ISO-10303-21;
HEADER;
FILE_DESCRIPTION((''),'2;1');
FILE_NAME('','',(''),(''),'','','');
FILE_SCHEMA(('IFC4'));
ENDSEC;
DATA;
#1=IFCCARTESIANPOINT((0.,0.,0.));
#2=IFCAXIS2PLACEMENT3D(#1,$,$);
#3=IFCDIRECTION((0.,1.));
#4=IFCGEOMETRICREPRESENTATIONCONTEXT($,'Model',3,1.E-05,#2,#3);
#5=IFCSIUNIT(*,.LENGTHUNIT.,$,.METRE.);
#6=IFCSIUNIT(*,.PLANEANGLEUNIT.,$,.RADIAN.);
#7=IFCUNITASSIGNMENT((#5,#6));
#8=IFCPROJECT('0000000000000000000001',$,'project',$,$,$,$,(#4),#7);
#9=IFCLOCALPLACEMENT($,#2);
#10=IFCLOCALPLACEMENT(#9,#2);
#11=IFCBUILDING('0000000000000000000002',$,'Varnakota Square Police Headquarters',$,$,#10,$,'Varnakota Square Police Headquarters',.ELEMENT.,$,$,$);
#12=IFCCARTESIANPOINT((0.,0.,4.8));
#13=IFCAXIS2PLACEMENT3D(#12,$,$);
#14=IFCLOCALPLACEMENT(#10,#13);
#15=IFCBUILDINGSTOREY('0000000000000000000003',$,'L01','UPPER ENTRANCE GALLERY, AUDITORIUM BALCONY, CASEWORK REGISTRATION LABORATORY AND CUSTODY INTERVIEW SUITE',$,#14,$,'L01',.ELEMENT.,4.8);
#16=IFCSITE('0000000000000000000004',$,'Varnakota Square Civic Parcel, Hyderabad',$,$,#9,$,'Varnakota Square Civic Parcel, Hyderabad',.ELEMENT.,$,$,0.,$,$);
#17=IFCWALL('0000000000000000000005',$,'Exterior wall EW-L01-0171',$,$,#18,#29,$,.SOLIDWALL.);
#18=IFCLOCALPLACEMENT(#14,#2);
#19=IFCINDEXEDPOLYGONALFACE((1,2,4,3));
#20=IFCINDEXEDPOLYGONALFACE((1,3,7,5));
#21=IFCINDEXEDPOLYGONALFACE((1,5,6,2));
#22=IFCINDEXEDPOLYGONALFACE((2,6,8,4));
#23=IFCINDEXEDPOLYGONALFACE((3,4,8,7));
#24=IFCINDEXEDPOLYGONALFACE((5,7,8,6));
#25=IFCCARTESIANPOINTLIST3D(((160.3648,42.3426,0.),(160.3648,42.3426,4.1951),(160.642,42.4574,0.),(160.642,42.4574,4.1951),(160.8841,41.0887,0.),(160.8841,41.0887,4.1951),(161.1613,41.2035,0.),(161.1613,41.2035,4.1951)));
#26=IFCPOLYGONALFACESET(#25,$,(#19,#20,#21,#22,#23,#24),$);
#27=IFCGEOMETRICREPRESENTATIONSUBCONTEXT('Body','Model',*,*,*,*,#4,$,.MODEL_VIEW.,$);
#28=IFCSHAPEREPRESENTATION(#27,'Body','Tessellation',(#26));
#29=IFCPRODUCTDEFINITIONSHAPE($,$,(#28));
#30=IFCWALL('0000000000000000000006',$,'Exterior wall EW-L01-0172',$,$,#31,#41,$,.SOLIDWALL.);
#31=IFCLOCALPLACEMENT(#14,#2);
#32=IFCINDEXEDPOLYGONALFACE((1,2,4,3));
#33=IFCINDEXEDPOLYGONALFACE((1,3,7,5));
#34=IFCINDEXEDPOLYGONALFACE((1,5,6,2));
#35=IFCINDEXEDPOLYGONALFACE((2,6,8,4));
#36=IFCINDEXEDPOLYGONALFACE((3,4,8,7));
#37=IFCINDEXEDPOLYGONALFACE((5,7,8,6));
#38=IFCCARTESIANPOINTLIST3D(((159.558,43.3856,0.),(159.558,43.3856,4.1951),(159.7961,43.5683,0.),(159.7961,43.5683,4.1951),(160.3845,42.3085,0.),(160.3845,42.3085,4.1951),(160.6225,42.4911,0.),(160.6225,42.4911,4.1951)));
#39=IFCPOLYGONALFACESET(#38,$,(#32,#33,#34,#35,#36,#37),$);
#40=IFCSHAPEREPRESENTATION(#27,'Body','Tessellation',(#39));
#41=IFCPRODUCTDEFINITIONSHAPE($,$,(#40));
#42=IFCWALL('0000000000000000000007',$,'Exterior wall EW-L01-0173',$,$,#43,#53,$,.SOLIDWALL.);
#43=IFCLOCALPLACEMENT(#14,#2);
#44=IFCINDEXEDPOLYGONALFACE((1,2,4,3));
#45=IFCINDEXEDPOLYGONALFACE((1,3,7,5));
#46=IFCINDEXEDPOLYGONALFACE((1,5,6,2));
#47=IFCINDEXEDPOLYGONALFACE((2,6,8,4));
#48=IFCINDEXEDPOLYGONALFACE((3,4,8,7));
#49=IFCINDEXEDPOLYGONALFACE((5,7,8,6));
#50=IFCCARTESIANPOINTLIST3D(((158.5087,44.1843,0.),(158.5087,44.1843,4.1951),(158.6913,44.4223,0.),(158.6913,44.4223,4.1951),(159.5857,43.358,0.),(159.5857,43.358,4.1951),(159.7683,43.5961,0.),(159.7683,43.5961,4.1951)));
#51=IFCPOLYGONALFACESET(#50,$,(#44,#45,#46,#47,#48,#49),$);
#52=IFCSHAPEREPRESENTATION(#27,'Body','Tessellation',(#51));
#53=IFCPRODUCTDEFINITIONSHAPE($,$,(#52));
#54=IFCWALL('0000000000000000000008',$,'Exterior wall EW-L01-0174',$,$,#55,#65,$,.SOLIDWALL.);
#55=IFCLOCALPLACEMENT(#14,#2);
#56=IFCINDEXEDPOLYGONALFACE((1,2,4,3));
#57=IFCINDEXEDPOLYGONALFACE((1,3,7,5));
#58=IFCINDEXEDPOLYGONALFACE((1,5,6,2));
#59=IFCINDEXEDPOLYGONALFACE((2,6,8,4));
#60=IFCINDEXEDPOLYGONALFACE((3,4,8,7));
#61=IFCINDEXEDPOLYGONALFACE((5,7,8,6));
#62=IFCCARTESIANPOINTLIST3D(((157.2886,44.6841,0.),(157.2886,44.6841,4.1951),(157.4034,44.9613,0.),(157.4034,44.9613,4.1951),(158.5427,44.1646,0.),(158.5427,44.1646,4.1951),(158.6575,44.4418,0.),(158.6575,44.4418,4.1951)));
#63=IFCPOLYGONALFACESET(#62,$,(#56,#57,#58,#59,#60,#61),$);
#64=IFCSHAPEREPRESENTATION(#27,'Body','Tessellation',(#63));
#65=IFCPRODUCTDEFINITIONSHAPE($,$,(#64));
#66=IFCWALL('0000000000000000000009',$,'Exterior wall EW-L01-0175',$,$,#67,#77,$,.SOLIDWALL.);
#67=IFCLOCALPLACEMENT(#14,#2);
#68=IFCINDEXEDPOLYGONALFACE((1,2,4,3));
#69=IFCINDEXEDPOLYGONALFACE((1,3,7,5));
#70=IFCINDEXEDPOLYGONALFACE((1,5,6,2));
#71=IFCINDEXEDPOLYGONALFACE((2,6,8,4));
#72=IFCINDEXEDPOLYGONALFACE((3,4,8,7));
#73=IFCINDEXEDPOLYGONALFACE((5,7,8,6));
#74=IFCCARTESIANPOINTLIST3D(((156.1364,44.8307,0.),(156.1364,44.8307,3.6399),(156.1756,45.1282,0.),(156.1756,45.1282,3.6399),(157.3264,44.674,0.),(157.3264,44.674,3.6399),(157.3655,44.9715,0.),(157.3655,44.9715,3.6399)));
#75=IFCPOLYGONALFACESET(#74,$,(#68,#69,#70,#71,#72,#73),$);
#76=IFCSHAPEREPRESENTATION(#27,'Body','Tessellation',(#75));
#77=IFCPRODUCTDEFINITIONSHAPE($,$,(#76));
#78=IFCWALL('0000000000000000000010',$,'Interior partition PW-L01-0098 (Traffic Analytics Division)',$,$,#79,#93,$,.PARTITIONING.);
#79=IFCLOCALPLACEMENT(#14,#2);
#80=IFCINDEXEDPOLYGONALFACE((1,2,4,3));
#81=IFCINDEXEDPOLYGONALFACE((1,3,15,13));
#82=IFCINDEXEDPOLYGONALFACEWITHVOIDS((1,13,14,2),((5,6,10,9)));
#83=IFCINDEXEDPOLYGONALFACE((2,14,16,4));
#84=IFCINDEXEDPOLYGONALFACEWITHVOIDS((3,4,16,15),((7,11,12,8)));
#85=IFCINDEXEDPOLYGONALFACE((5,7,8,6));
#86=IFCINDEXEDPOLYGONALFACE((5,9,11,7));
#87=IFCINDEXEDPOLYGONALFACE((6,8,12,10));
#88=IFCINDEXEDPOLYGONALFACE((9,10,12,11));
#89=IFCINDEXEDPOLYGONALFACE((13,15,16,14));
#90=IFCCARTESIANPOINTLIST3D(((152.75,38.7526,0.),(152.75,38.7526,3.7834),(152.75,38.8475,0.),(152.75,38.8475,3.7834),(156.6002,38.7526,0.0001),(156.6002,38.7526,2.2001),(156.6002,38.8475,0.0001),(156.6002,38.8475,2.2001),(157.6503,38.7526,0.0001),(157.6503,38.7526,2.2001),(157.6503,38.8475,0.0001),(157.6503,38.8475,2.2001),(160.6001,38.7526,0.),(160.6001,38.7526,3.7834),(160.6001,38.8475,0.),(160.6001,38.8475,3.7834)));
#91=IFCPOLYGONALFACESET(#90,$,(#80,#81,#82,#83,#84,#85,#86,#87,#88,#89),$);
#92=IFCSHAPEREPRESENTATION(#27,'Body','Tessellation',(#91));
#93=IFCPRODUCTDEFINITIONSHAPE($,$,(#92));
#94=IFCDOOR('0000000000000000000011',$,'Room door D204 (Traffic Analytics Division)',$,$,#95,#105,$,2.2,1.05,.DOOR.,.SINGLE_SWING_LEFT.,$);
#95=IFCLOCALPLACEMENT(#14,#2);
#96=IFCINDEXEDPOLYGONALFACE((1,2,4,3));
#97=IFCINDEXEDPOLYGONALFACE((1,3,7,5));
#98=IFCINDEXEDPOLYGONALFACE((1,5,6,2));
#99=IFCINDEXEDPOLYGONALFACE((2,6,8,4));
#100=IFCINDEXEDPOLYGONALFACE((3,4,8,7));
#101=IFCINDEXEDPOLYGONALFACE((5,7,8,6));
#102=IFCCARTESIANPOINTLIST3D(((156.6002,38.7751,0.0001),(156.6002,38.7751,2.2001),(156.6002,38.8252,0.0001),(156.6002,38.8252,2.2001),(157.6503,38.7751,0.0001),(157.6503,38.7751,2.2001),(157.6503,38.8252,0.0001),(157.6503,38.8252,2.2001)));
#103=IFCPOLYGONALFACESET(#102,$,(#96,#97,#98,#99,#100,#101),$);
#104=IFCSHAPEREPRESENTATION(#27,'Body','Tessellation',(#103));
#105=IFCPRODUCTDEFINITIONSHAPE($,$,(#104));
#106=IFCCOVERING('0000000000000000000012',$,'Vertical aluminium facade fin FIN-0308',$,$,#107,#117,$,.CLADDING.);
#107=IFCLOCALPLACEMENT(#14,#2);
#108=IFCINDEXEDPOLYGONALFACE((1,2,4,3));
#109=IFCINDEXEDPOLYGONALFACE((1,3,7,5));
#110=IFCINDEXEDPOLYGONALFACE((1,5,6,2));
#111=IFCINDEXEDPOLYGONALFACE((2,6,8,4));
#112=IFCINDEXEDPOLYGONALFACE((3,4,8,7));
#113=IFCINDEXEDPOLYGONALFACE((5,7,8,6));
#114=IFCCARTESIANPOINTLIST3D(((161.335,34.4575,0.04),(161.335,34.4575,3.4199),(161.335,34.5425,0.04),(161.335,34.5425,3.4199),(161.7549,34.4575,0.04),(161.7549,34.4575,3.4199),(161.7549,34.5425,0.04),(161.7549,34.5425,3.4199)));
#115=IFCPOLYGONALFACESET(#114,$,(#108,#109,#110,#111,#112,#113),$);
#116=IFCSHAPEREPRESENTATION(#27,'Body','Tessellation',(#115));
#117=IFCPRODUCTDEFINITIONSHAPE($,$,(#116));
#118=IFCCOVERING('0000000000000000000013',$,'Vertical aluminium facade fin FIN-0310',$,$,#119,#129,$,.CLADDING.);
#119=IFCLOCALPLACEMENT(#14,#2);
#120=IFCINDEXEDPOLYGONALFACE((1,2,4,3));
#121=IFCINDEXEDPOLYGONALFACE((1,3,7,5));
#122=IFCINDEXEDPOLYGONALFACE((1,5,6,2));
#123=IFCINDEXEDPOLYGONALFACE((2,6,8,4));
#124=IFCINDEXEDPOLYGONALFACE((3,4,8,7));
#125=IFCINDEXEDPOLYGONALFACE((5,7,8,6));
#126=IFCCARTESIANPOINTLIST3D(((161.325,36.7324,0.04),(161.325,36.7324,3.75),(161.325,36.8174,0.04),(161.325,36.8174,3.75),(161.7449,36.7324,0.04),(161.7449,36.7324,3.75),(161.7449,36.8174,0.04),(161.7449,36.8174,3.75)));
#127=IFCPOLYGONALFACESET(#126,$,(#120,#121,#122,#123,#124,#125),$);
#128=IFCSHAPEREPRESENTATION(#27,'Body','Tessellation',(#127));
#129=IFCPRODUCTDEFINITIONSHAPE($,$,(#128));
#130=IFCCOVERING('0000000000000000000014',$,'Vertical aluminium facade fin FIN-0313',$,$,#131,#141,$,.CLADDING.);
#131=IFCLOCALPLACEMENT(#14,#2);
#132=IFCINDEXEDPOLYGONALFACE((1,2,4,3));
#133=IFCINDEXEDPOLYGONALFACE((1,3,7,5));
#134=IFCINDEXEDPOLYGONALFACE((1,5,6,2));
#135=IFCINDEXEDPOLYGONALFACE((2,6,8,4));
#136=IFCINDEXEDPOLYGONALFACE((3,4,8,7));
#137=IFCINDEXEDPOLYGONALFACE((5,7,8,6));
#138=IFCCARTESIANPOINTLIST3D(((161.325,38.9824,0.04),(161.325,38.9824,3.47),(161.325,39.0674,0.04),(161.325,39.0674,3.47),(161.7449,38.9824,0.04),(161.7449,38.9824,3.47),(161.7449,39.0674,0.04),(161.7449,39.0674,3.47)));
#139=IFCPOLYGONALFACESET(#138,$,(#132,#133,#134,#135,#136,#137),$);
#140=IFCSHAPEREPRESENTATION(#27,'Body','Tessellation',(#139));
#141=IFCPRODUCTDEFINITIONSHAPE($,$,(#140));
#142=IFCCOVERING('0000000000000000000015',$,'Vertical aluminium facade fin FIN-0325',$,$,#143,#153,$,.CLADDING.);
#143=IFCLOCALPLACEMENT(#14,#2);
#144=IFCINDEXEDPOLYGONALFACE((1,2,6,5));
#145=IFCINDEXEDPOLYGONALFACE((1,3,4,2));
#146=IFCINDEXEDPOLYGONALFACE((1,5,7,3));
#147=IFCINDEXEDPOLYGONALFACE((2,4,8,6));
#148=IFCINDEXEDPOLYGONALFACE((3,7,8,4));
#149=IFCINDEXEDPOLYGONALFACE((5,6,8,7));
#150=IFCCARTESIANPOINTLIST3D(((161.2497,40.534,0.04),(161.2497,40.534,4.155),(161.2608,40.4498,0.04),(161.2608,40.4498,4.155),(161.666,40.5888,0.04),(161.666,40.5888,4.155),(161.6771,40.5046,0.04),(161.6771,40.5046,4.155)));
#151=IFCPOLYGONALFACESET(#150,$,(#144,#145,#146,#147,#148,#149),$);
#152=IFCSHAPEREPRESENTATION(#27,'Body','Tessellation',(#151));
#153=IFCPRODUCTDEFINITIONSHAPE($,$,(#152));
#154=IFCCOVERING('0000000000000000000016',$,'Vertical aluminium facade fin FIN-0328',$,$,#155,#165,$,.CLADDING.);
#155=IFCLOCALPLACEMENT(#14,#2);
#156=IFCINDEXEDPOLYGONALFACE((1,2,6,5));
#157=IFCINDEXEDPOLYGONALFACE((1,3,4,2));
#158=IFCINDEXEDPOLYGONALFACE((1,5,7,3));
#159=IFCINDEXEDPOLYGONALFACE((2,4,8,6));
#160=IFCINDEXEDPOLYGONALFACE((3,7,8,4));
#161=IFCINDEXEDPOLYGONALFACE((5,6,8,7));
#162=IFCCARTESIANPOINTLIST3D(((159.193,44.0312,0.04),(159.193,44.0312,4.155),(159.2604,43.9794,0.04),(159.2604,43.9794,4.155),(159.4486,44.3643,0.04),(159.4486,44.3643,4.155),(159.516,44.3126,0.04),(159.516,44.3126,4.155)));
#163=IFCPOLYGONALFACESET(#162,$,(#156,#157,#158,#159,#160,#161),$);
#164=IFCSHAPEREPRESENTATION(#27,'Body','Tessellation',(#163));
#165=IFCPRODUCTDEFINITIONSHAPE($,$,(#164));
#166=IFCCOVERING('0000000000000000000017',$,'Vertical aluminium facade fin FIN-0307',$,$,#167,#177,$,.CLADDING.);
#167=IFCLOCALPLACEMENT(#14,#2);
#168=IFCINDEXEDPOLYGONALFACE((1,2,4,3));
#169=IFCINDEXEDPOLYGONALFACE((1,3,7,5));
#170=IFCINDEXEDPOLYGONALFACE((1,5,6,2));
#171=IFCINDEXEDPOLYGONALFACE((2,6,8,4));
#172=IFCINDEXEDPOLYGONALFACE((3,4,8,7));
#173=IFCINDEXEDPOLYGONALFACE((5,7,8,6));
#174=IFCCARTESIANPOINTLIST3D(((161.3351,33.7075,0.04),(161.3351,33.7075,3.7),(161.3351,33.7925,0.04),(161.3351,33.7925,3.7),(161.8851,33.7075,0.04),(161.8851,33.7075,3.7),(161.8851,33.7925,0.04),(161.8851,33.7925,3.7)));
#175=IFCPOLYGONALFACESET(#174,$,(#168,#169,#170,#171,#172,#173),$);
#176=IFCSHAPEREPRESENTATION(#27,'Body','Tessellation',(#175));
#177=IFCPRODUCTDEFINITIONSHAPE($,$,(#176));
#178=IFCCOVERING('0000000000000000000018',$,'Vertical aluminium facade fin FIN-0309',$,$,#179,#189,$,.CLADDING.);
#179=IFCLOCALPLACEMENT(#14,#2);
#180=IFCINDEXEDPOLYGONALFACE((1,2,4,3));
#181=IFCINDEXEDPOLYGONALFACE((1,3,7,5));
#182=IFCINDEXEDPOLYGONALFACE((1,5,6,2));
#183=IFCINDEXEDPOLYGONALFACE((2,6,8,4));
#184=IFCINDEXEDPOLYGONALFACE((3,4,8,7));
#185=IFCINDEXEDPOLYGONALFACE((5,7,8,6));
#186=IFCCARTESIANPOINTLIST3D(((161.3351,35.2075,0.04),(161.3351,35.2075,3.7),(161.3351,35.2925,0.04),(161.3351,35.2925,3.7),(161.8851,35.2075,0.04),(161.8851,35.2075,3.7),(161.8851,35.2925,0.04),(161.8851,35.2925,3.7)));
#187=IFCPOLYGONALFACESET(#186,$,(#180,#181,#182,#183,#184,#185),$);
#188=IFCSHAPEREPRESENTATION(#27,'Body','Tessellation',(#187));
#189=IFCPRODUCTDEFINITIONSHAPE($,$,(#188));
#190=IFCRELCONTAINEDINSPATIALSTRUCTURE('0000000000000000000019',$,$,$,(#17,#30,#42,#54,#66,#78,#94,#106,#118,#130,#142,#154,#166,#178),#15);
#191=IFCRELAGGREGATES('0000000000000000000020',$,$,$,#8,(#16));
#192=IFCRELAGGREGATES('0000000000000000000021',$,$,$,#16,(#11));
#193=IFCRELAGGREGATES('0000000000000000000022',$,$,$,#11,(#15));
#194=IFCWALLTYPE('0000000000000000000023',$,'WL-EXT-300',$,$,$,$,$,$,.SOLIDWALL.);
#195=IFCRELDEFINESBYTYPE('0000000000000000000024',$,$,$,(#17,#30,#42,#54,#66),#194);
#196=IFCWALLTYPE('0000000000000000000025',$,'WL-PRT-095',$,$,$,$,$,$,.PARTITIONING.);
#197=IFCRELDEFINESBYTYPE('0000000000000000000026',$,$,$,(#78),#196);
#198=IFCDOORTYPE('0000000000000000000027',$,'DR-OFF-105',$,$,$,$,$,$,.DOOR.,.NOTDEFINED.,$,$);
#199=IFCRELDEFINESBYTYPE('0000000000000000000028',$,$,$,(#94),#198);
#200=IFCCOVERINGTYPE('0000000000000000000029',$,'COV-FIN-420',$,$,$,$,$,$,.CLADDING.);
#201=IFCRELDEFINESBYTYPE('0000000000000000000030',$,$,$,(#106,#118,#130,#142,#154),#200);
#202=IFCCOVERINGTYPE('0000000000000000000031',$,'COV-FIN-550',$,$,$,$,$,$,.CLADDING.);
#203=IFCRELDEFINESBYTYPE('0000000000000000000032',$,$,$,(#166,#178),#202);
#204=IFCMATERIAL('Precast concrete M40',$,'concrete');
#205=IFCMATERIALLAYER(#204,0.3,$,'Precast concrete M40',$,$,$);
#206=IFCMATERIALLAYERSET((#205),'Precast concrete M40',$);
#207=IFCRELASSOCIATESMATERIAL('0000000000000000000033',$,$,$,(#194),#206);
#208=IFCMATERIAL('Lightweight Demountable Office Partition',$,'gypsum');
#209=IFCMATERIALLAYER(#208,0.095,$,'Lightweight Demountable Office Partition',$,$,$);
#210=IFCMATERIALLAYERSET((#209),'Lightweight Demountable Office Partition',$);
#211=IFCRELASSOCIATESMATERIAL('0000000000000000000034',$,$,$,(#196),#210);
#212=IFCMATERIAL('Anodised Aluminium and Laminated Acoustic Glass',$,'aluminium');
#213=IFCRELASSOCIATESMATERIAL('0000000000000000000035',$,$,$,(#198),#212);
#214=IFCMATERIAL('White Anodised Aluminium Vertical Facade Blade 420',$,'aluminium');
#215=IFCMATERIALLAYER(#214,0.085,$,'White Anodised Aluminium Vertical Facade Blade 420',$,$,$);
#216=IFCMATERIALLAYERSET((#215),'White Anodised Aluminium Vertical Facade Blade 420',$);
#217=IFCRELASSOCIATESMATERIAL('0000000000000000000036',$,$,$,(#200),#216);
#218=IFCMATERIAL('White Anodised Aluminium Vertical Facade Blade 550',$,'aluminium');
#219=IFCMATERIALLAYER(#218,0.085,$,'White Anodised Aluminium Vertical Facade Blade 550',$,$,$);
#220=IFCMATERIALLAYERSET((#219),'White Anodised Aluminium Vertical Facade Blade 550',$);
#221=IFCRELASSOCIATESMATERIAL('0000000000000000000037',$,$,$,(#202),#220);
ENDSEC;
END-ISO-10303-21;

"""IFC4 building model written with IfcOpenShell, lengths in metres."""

from ifc_helpers import new_model, si_unit, direction, frame, frame_2d, origin, origin_2d, place, context, subcontext, project, spatial, rectangle, extrude, material, layer, layer_set, type_object, element, fill, save


model = new_model("IFC4")

# Units and contexts
model_context = context("Model", 3, precision=1e-05, world=origin(), true_north=direction((0.0, 1.0)))
body_context = subcontext(model_context, "Body", "Model", "MODEL_VIEW")
ifc_project = project(units=[si_unit("LENGTHUNIT", "METRE"), si_unit("PLANEANGLEUNIT", "RADIAN")], contexts=[model_context])

# Site, building, storey
site_placement = place(None, origin())
site = spatial("IfcSite", under=ifc_project, at=site_placement, Name="Varnakota Square Civic Parcel, Hyderabad", LongName="Varnakota Square Civic Parcel, Hyderabad", CompositionType="ELEMENT", RefElevation=0.0)
building_placement = place(site_placement, origin())
building = spatial("IfcBuilding", under=site, at=building_placement, Name="Varnakota Square Police Headquarters", LongName="Varnakota Square Police Headquarters", CompositionType="ELEMENT")
storey_placement = place(building_placement, frame((0.0, 0.0, 4.8)))
storey = spatial("IfcBuildingStorey", under=building, at=storey_placement, Name="L01", Description="UPPER ENTRANCE GALLERY, AUDITORIUM BALCONY, CASEWORK REGISTRATION LABORATORY AND CUSTODY INTERVIEW SUITE", LongName="L01", CompositionType="ELEMENT", Elevation=4.8)

# Walls
ifc_material_1 = material(Name="Precast concrete M40", Category="concrete")
ifc_layer_1 = layer(ifc_material_1, 0.3, Name="Precast concrete M40")
ifc_layer_set_1 = layer_set([ifc_layer_1], Name="Precast concrete M40")
wall_type_1 = type_object("IfcWallType", Name="WL-EXT-300", PredefinedType="SOLIDWALL", material=ifc_layer_set_1)
wall_1_placement = place(storey_placement, frame((161.0227, 41.146, 0.0), z_axis=(0.0, 0.0, 1.0), x_axis=(-0.382622, 0.923905, 0.0)))
element("IfcWall", 1, at=wall_1_placement, inside=storey, type_object=wall_type_1, Name="Exterior wall EW-L01-0171", PredefinedType="SOLIDWALL", context=body_context, shape_type="SweptSolid", body=[
    extrude(rectangle(XDim=1.3572, YDim=0.3, at=frame_2d((0.6787, 0.0))), origin(), (0.0, 0.0, 1.0), 4.1951),
])
wall_2_placement = place(storey_placement, frame((160.5034, 42.3999, 0.0), z_axis=(0.0, 0.0, 1.0), x_axis=(-0.608711, 0.793392, 0.0)))
element("IfcWall", 2, at=wall_2_placement, inside=storey, type_object=wall_type_1, Name="Exterior wall EW-L01-0172", PredefinedType="SOLIDWALL", context=body_context, shape_type="SweptSolid", body=[
    extrude(rectangle(XDim=1.3577, YDim=0.3, at=frame_2d((0.6787, 0.0))), origin(), (0.0, 0.0, 1.0), 4.1951),
])
for number, where, z_axis, x_axis, name in (
    (3, (159.677, 43.4771, 0.0), (0.0, 0.0, 1.0), (-0.793412, 0.608685, 0.0), "Exterior wall EW-L01-0173"),
    (4, (158.6001, 44.3032, 0.0), (0.0, 0.0, 1.0), (-0.923868, 0.382712, 0.0), "Exterior wall EW-L01-0174"),
):
    element("IfcWall", number, at=place(storey_placement, frame(where, z_axis=z_axis, x_axis=x_axis)), inside=storey, type_object=wall_type_1, Name=name, PredefinedType="SOLIDWALL", context=body_context, shape_type="SweptSolid", body=[
        extrude(rectangle(XDim=1.3574, YDim=0.3, at=frame_2d((0.6787, 0.0))), origin(), (0.0, 0.0, 1.0), 4.1951),
    ])
wall_3_placement = place(storey_placement, frame((157.3459, 44.8228, 0.0), z_axis=(0.0, 0.0, 1.0), x_axis=(-0.991436, 0.130591, 0.0)))
element("IfcWall", 5, at=wall_3_placement, inside=storey, type_object=wall_type_1, Name="Exterior wall EW-L01-0175", PredefinedType="SOLIDWALL", context=body_context, shape_type="SweptSolid", body=[
    extrude(rectangle(XDim=1.2002, YDim=0.3, at=frame_2d((0.6001, 0.0))), origin(), (0.0, 0.0, 1.0), 3.6399),
])

# Wall, opening, door
ifc_material_2 = material(Name="Lightweight Demountable Office Partition", Category="gypsum")
ifc_layer_2 = layer(ifc_material_2, 0.095, Name="Lightweight Demountable Office Partition")
ifc_layer_set_2 = layer_set([ifc_layer_2], Name="Lightweight Demountable Office Partition")
wall_type_2 = type_object("IfcWallType", Name="WL-PRT-095", PredefinedType="PARTITIONING", material=ifc_layer_set_2)
wall_4_placement = place(storey_placement, frame((160.6001, 38.8, 0.0), z_axis=(0.0, 0.0, 1.0), x_axis=(-1.0, 0.0, 0.0)))
wall_4 = element("IfcWall", 6, at=wall_4_placement, inside=storey, type_object=wall_type_2, Name="Interior partition PW-L01-0098 (Traffic Analytics Division)", PredefinedType="PARTITIONING", context=body_context, shape_type="SweptSolid", body=[
    extrude(rectangle(XDim=7.8501, YDim=0.095, at=frame_2d((3.925, 0.0))), origin(), (0.0, 0.0, 1.0), 3.7834),
])
opening_placement = place(wall_4_placement, frame((2.95, 0.0, 0.0)))
opening = element("IfcOpeningElement", 7, at=opening_placement, cuts=wall_4, PredefinedType="OPENING", context=body_context, shape_type="SweptSolid", body=[
    extrude(rectangle(XDim=1.05, YDim=2.2, at=frame_2d((0.5249, 1.1001))), frame((0.0, 0.0574, 0.0), z_axis=(0.0, -1.0, 0.0), x_axis=(1.0, 0.0, 0.0)), (0.0, 0.0, 1.0), 0.115),
])
ifc_material_3 = material(Name="Anodised Aluminium and Laminated Acoustic Glass", Category="aluminium")
door_type = type_object("IfcDoorType", Name="DR-OFF-105", OperationType="NOTDEFINED", PredefinedType="DOOR", material=ifc_material_3)
door_placement = place(opening_placement, origin())
door = element("IfcDoor", 8, at=door_placement, inside=storey, type_object=door_type, Name="Room door D204 (Traffic Analytics Division)", OperationType="SINGLE_SWING_LEFT", OverallHeight=2.2, OverallWidth=1.05, PredefinedType="DOOR", context=body_context, shape_type="SweptSolid", body=[
    extrude(rectangle(XDim=1.05, YDim=2.2, at=frame_2d((0.5249, 1.1001))), frame((0.0, 0.0249, 0.0), z_axis=(0.0, -1.0, 0.0), x_axis=(1.0, 0.0, 0.0)), (0.0, 0.0, 1.0), 0.05),
])
fill(opening, door)

# Coverings
ifc_material_4 = material(Name="White Anodised Aluminium Vertical Facade Blade 420", Category="aluminium")
ifc_layer_3 = layer(ifc_material_4, 0.085, Name="White Anodised Aluminium Vertical Facade Blade 420")
ifc_layer_set_3 = layer_set([ifc_layer_3], Name="White Anodised Aluminium Vertical Facade Blade 420")
covering_type_1 = type_object("IfcCoveringType", Name="COV-FIN-420", PredefinedType="CLADDING", material=ifc_layer_set_3)
covering_1_placement = place(storey_placement, frame((161.5449, 34.5, 0.04), z_axis=(0.0, 0.0, 1.0), x_axis=(0.0, 1.0, 0.0)))
element("IfcCovering", 9, at=covering_1_placement, inside=storey, type_object=covering_type_1, Name="Vertical aluminium facade fin FIN-0308", PredefinedType="CLADDING", context=body_context, shape_type="SweptSolid", body=[
    extrude(rectangle(XDim=0.085, YDim=0.4199, at=origin_2d()), origin(), (0.0, 0.0, 1.0), 3.3799),
])
covering_2_placement = place(storey_placement, frame((161.5349, 36.7749, 0.04), z_axis=(0.0, 0.0, 1.0), x_axis=(0.0, 1.0, 0.0)))
element("IfcCovering", 10, at=covering_2_placement, inside=storey, type_object=covering_type_1, Name="Vertical aluminium facade fin FIN-0310", PredefinedType="CLADDING", context=body_context, shape_type="SweptSolid", body=[
    extrude(rectangle(XDim=0.085, YDim=0.4199, at=origin_2d()), origin(), (0.0, 0.0, 1.0), 3.71),
])
covering_3_placement = place(storey_placement, frame((161.5349, 39.0249, 0.04), z_axis=(0.0, 0.0, 1.0), x_axis=(0.0, 1.0, 0.0)))
element("IfcCovering", 11, at=covering_3_placement, inside=storey, type_object=covering_type_1, Name="Vertical aluminium facade fin FIN-0313", PredefinedType="CLADDING", context=body_context, shape_type="SweptSolid", body=[
    extrude(rectangle(XDim=0.085, YDim=0.4199, at=origin_2d()), origin(), (0.0, 0.0, 1.0), 3.4299),
])
for number, where, z_axis, x_axis, name in (
    (12, (161.4634, 40.5193, 0.04), (0.0, 0.0, 1.0), (-0.130526, 0.991445, 0.0), "Vertical aluminium facade fin FIN-0325"),
    (13, (159.3545, 44.1719, 0.04), (0.0, 0.0, 1.0), (-0.793353, 0.608761, 0.0), "Vertical aluminium facade fin FIN-0328"),
):
    element("IfcCovering", number, at=place(storey_placement, frame(where, z_axis=z_axis, x_axis=x_axis)), inside=storey, type_object=covering_type_1, Name=name, PredefinedType="CLADDING", context=body_context, shape_type="SweptSolid", body=[
        extrude(rectangle(XDim=0.085, YDim=0.4199, at=origin_2d()), origin(), (0.0, 0.0, 1.0), 4.115),
    ])
ifc_material_5 = material(Name="White Anodised Aluminium Vertical Facade Blade 550", Category="aluminium")
ifc_layer_4 = layer(ifc_material_5, 0.085, Name="White Anodised Aluminium Vertical Facade Blade 550")
ifc_layer_set_4 = layer_set([ifc_layer_4], Name="White Anodised Aluminium Vertical Facade Blade 550")
covering_type_2 = type_object("IfcCoveringType", Name="COV-FIN-550", PredefinedType="CLADDING", material=ifc_layer_set_4)
for number, where, z_axis, x_axis, name in (
    (14, (161.6101, 33.75, 0.04), (0.0, 0.0, 1.0), (0.0, 1.0, 0.0), "Vertical aluminium facade fin FIN-0307"),
    (15, (161.6101, 35.25, 0.04), (0.0, 0.0, 1.0), (0.0, 1.0, 0.0), "Vertical aluminium facade fin FIN-0309"),
):
    element("IfcCovering", number, at=place(storey_placement, frame(where, z_axis=z_axis, x_axis=x_axis)), inside=storey, type_object=covering_type_2, Name=name, PredefinedType="CLADDING", context=body_context, shape_type="SweptSolid", body=[
        extrude(rectangle(XDim=0.085, YDim=0.55, at=origin_2d()), origin(), (0.0, 0.0, 1.0), 3.6599),
    ])

save(model, "model.ifc")
